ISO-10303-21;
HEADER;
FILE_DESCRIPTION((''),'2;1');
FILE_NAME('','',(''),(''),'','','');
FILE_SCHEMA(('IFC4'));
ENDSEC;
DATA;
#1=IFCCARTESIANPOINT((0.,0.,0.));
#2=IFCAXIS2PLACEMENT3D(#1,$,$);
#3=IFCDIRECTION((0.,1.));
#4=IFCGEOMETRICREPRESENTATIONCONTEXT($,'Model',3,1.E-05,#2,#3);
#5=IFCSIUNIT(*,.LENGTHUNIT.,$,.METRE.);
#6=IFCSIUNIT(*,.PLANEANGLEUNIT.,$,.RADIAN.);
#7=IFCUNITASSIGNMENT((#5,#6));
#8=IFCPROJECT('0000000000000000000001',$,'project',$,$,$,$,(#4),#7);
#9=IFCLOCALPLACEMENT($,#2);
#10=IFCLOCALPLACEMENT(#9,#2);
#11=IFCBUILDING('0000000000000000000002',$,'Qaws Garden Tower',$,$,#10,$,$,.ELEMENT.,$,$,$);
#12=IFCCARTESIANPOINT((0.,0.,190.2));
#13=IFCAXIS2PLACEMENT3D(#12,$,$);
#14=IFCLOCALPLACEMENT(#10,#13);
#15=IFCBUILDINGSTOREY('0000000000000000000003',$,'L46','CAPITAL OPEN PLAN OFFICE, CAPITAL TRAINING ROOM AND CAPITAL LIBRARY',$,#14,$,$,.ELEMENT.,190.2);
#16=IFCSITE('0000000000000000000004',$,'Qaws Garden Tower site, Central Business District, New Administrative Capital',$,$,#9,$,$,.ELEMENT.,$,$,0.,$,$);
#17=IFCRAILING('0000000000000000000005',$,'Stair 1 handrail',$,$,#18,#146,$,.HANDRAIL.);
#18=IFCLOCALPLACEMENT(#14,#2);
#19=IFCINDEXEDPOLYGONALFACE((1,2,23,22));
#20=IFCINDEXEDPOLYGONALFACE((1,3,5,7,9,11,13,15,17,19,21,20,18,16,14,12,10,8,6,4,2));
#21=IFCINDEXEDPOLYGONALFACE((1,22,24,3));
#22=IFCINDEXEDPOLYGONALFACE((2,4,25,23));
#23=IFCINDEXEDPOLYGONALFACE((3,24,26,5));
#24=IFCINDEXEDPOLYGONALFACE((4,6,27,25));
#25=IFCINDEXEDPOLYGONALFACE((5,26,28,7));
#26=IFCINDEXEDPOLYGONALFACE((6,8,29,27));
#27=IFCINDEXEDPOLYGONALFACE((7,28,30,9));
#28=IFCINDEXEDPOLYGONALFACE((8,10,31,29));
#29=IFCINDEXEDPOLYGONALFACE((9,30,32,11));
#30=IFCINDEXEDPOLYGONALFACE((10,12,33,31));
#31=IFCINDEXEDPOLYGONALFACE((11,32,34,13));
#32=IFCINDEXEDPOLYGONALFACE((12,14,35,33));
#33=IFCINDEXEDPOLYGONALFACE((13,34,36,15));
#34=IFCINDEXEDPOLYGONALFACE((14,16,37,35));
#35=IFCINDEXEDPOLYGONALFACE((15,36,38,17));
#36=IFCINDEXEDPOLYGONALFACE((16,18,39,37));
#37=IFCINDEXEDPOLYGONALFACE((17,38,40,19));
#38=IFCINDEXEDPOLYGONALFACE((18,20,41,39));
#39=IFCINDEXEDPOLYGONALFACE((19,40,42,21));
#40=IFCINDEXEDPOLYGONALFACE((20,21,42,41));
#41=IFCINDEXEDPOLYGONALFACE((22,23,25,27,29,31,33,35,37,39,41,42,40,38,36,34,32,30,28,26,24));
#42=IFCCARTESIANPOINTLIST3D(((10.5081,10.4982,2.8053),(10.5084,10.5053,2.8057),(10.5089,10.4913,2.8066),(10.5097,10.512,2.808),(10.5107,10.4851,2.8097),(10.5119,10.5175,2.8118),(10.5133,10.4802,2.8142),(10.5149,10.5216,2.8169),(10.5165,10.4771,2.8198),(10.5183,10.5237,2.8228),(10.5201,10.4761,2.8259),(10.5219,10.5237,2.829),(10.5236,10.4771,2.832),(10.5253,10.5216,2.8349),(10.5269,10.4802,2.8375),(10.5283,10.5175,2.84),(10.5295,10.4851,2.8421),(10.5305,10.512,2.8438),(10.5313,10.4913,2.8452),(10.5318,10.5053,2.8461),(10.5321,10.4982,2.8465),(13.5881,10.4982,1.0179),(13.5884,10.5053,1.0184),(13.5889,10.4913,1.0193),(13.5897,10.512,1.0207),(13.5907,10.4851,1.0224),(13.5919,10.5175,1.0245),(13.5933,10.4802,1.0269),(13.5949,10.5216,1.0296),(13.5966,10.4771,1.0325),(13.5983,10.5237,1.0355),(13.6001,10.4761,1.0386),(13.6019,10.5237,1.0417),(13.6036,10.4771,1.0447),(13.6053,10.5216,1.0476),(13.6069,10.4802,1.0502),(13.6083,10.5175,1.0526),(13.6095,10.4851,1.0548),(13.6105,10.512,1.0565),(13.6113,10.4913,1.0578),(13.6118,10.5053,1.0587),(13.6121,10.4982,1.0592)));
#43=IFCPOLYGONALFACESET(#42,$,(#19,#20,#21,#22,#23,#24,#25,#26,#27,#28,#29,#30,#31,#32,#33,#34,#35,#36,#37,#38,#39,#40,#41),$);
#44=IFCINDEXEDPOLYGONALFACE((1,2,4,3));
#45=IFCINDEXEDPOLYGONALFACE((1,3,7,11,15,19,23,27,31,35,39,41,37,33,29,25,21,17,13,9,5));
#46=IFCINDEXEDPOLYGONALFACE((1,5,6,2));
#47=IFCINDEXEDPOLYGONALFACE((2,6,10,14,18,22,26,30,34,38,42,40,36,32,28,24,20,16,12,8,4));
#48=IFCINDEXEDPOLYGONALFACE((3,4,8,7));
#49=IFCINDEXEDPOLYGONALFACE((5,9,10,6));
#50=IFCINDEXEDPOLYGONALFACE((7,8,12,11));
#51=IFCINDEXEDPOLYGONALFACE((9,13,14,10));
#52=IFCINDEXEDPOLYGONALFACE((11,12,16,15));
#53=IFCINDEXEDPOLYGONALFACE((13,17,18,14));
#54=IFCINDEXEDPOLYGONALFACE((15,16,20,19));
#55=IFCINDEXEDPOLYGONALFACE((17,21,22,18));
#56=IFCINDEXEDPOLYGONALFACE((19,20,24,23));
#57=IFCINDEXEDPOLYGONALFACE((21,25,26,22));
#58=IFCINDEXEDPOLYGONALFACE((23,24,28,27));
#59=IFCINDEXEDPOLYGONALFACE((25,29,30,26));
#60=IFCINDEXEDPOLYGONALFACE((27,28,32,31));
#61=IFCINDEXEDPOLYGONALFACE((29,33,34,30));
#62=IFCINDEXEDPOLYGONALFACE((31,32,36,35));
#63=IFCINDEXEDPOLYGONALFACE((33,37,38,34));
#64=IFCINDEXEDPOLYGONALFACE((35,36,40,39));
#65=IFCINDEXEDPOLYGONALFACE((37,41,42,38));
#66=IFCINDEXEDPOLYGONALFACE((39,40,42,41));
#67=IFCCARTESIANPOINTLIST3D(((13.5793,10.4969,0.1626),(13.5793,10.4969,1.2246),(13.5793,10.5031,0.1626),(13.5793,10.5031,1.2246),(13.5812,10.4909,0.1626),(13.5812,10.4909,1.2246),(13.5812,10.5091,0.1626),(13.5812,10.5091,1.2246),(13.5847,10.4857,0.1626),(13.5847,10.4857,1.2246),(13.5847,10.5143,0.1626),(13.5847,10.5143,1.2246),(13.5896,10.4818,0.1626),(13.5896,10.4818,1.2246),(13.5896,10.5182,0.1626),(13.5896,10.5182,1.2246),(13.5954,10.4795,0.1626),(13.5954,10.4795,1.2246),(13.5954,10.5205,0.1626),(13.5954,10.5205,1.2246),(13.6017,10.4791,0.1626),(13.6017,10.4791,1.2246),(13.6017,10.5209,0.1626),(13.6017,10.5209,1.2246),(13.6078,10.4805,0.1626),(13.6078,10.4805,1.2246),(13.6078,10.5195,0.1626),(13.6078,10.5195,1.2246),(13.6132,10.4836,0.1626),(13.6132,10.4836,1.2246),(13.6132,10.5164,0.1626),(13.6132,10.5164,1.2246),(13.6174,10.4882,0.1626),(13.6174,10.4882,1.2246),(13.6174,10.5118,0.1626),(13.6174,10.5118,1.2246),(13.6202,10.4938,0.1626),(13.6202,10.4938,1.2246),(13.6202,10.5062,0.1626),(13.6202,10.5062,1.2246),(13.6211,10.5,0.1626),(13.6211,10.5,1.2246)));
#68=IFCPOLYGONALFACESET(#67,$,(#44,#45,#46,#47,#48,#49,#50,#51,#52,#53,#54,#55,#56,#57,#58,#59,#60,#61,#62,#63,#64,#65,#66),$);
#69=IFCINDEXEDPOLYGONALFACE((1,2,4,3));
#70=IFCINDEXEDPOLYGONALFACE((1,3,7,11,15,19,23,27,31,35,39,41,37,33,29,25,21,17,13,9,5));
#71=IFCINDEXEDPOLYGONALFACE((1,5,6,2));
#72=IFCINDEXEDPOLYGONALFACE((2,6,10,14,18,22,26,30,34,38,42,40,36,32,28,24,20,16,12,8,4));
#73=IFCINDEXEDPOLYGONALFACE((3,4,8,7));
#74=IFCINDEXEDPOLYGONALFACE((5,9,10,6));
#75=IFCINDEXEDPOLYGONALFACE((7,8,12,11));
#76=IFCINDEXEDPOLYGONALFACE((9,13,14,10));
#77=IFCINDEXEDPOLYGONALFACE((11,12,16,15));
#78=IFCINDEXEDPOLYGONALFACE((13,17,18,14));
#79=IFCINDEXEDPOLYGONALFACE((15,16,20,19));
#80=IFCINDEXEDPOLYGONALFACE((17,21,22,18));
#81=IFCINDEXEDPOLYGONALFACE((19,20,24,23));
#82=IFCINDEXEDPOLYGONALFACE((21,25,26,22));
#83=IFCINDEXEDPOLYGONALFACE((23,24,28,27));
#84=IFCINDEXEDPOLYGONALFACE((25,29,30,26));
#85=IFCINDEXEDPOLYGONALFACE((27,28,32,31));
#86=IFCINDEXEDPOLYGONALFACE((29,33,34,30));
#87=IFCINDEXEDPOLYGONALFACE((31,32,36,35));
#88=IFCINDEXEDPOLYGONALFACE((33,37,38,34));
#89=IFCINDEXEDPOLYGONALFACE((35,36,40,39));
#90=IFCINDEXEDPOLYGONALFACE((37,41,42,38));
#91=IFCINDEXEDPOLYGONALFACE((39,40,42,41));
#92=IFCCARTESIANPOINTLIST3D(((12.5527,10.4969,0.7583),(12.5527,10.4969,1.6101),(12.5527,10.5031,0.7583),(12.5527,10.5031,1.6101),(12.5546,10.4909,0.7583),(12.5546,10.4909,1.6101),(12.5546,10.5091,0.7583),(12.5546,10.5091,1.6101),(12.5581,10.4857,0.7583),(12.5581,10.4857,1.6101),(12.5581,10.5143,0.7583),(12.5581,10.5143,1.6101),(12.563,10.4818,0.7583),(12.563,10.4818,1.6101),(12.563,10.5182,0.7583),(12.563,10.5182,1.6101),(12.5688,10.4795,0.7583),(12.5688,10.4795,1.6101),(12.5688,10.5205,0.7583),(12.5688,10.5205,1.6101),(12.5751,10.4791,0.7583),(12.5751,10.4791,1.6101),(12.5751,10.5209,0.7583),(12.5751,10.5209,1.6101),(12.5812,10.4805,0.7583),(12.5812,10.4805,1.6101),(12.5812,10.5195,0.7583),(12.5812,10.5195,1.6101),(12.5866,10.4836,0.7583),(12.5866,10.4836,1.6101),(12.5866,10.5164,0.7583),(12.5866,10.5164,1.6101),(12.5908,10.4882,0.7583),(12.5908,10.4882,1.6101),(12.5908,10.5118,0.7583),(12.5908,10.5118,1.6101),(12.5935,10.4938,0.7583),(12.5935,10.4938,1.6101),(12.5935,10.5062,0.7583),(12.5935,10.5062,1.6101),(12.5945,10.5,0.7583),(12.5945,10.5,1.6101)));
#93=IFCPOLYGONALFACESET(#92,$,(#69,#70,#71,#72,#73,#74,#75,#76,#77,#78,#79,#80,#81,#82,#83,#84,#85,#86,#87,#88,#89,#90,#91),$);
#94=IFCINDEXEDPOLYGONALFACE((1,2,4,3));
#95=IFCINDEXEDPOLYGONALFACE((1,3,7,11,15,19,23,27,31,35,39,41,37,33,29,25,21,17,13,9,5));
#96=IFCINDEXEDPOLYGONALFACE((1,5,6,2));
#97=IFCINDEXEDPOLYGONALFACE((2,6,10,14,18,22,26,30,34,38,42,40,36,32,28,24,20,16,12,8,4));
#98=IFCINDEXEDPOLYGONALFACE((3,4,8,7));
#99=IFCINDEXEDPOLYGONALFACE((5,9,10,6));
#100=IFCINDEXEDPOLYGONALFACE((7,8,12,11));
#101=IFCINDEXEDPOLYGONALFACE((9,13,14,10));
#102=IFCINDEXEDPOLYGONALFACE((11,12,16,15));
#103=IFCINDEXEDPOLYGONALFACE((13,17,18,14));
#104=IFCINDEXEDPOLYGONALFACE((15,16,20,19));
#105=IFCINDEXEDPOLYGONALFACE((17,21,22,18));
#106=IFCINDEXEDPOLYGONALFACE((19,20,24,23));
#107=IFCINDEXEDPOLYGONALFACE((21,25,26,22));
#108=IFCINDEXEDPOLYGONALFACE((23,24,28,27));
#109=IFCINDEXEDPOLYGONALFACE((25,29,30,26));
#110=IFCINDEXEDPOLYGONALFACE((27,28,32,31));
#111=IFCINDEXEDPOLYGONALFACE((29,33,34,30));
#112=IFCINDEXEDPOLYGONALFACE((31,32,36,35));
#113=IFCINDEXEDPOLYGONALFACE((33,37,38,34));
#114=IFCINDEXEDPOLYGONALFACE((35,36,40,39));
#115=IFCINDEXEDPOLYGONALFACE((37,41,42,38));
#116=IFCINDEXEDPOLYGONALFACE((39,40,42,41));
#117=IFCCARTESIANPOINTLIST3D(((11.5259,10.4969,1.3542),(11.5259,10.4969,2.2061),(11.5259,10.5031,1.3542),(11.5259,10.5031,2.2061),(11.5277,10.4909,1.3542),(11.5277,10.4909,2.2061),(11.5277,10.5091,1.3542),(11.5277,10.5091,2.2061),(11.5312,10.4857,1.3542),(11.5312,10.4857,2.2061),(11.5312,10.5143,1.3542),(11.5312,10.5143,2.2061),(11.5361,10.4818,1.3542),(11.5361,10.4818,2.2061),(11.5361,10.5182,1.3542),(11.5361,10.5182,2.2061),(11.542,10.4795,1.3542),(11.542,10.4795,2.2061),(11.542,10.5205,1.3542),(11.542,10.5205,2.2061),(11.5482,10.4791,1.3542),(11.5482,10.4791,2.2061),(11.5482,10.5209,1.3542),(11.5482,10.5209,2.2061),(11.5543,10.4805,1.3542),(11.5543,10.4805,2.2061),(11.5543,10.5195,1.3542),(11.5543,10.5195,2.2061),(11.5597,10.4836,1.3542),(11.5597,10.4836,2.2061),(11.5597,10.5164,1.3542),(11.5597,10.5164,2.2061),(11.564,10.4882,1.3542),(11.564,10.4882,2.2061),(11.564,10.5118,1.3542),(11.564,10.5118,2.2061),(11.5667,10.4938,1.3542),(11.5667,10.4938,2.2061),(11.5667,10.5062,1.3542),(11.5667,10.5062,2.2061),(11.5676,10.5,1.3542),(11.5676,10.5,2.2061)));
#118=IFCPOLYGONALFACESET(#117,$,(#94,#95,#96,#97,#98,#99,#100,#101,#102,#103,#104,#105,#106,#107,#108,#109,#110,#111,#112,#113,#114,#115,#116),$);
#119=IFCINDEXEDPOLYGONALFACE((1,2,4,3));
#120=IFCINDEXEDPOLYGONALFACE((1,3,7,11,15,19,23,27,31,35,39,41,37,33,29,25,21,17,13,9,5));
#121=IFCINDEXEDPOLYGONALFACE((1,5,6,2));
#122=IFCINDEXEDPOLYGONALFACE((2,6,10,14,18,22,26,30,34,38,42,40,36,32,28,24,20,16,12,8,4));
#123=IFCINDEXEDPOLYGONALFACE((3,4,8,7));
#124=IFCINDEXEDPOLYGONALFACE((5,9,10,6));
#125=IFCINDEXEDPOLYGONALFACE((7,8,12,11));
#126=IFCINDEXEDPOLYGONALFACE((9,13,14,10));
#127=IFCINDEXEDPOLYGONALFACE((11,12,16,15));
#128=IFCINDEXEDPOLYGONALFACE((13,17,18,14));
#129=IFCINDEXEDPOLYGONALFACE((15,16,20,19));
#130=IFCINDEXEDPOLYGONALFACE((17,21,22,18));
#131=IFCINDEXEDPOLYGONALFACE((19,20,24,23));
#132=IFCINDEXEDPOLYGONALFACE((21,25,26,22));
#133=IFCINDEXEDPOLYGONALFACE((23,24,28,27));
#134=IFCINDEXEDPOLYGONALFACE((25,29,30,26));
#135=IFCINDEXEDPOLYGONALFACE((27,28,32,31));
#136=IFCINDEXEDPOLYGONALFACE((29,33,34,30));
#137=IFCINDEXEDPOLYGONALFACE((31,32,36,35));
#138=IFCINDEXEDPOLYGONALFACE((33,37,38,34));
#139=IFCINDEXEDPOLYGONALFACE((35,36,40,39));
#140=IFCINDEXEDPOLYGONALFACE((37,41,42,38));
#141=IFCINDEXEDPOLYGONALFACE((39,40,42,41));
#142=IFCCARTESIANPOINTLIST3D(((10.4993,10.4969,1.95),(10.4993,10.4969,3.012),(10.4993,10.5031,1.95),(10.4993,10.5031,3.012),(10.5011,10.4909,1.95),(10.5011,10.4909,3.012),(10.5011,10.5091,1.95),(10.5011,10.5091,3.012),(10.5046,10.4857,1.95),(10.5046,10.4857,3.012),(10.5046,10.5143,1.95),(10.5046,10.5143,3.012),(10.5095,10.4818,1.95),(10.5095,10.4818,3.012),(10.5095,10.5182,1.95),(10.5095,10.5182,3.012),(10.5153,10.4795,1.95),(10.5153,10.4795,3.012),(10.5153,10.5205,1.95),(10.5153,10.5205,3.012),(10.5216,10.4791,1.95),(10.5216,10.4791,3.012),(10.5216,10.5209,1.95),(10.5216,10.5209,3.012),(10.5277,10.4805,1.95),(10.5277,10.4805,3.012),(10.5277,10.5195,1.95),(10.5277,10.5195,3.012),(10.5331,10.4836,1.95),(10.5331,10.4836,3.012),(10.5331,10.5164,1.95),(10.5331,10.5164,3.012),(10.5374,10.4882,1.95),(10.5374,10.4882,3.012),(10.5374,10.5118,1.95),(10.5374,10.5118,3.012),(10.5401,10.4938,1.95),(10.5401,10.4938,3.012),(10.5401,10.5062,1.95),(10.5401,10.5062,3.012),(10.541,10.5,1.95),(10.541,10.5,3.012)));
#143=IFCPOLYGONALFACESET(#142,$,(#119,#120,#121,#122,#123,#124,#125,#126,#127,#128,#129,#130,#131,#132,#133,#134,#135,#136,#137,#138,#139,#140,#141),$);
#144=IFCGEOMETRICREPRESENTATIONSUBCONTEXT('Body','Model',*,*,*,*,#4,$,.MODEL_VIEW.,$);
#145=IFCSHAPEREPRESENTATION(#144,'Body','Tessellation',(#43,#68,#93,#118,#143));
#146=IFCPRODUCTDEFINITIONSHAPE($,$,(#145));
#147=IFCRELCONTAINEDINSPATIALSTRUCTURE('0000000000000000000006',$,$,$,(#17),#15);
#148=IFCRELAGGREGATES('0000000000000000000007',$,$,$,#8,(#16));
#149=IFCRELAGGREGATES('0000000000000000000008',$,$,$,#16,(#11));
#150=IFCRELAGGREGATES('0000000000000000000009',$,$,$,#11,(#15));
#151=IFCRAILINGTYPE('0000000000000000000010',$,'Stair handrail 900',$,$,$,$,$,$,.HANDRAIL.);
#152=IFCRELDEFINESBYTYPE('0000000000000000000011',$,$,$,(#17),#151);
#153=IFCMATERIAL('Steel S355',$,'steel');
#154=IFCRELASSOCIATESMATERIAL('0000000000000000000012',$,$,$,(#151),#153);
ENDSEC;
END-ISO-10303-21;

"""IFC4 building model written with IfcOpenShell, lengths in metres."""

from ifc_helpers import new_model, si_unit, direction, frame, origin, origin_2d, place, context, subcontext, project, spatial, circle, extrude, material, type_object, element, save


model = new_model("IFC4")

# Units and contexts
model_context = context("Model", 3, precision=1e-05, world=origin(), true_north=direction((0.0, 1.0)))
body_context = subcontext(model_context, "Body", "Model", "MODEL_VIEW")
ifc_project = project(units=[si_unit("LENGTHUNIT", "METRE"), si_unit("PLANEANGLEUNIT", "RADIAN")], contexts=[model_context])

# Site, building, storey
site_placement = place(None, origin())
site = spatial("IfcSite", under=ifc_project, at=site_placement, Name="Qaws Garden Tower site, Central Business District, New Administrative Capital", CompositionType="ELEMENT", RefElevation=0.0)
building_placement = place(site_placement, origin())
building = spatial("IfcBuilding", under=site, at=building_placement, Name="Qaws Garden Tower", CompositionType="ELEMENT")
storey_placement = place(building_placement, frame((0.0, 0.0, 190.2)))
storey = spatial("IfcBuildingStorey", under=building, at=storey_placement, Name="L46", Description="CAPITAL OPEN PLAN OFFICE, CAPITAL TRAINING ROOM AND CAPITAL LIBRARY", CompositionType="ELEMENT", Elevation=190.2)

# Railing
ifc_material_1 = material(Name="Steel S355", Category="steel")
railing_type = type_object("IfcRailingType", Name="Stair handrail 900", PredefinedType="HANDRAIL", material=ifc_material_1)
railing_1_placement = place(storey_placement, frame((13.6001, 10.5, 0.1626)))
element("IfcRailing", 1, at=railing_1_placement, inside=storey, type_object=railing_type, Name="Stair 1 handrail", PredefinedType="HANDRAIL", context=body_context, shape_type="SweptSolid", body=[
    extrude(circle(Radius=0.0239, at=origin_2d()), frame((0.0, 0.0, 0.876), z_axis=(-0.86492, 0.0, 0.501909), x_axis=(0.0, -1.0, 0.0)), (0.0, 0.0, 1.0), 3.561),
    extrude(circle(Radius=0.021, at=origin_2d()), origin(), (0.0, 0.0, 1.0), 1.062),
    extrude(circle(Radius=0.021, at=origin_2d()), frame((-1.0266, 0.0, 0.5957)), (0.0, 0.0, 1.0), 0.8518),
    extrude(circle(Radius=0.021, at=origin_2d()), frame((-2.0535, 0.0, 1.1917)), (0.0, 0.0, 1.0), 0.8518),
    extrude(circle(Radius=0.021, at=origin_2d()), frame((-3.0801, 0.0, 1.7874)), (0.0, 0.0, 1.0), 1.062),
])

save(model, "model.ifc")
